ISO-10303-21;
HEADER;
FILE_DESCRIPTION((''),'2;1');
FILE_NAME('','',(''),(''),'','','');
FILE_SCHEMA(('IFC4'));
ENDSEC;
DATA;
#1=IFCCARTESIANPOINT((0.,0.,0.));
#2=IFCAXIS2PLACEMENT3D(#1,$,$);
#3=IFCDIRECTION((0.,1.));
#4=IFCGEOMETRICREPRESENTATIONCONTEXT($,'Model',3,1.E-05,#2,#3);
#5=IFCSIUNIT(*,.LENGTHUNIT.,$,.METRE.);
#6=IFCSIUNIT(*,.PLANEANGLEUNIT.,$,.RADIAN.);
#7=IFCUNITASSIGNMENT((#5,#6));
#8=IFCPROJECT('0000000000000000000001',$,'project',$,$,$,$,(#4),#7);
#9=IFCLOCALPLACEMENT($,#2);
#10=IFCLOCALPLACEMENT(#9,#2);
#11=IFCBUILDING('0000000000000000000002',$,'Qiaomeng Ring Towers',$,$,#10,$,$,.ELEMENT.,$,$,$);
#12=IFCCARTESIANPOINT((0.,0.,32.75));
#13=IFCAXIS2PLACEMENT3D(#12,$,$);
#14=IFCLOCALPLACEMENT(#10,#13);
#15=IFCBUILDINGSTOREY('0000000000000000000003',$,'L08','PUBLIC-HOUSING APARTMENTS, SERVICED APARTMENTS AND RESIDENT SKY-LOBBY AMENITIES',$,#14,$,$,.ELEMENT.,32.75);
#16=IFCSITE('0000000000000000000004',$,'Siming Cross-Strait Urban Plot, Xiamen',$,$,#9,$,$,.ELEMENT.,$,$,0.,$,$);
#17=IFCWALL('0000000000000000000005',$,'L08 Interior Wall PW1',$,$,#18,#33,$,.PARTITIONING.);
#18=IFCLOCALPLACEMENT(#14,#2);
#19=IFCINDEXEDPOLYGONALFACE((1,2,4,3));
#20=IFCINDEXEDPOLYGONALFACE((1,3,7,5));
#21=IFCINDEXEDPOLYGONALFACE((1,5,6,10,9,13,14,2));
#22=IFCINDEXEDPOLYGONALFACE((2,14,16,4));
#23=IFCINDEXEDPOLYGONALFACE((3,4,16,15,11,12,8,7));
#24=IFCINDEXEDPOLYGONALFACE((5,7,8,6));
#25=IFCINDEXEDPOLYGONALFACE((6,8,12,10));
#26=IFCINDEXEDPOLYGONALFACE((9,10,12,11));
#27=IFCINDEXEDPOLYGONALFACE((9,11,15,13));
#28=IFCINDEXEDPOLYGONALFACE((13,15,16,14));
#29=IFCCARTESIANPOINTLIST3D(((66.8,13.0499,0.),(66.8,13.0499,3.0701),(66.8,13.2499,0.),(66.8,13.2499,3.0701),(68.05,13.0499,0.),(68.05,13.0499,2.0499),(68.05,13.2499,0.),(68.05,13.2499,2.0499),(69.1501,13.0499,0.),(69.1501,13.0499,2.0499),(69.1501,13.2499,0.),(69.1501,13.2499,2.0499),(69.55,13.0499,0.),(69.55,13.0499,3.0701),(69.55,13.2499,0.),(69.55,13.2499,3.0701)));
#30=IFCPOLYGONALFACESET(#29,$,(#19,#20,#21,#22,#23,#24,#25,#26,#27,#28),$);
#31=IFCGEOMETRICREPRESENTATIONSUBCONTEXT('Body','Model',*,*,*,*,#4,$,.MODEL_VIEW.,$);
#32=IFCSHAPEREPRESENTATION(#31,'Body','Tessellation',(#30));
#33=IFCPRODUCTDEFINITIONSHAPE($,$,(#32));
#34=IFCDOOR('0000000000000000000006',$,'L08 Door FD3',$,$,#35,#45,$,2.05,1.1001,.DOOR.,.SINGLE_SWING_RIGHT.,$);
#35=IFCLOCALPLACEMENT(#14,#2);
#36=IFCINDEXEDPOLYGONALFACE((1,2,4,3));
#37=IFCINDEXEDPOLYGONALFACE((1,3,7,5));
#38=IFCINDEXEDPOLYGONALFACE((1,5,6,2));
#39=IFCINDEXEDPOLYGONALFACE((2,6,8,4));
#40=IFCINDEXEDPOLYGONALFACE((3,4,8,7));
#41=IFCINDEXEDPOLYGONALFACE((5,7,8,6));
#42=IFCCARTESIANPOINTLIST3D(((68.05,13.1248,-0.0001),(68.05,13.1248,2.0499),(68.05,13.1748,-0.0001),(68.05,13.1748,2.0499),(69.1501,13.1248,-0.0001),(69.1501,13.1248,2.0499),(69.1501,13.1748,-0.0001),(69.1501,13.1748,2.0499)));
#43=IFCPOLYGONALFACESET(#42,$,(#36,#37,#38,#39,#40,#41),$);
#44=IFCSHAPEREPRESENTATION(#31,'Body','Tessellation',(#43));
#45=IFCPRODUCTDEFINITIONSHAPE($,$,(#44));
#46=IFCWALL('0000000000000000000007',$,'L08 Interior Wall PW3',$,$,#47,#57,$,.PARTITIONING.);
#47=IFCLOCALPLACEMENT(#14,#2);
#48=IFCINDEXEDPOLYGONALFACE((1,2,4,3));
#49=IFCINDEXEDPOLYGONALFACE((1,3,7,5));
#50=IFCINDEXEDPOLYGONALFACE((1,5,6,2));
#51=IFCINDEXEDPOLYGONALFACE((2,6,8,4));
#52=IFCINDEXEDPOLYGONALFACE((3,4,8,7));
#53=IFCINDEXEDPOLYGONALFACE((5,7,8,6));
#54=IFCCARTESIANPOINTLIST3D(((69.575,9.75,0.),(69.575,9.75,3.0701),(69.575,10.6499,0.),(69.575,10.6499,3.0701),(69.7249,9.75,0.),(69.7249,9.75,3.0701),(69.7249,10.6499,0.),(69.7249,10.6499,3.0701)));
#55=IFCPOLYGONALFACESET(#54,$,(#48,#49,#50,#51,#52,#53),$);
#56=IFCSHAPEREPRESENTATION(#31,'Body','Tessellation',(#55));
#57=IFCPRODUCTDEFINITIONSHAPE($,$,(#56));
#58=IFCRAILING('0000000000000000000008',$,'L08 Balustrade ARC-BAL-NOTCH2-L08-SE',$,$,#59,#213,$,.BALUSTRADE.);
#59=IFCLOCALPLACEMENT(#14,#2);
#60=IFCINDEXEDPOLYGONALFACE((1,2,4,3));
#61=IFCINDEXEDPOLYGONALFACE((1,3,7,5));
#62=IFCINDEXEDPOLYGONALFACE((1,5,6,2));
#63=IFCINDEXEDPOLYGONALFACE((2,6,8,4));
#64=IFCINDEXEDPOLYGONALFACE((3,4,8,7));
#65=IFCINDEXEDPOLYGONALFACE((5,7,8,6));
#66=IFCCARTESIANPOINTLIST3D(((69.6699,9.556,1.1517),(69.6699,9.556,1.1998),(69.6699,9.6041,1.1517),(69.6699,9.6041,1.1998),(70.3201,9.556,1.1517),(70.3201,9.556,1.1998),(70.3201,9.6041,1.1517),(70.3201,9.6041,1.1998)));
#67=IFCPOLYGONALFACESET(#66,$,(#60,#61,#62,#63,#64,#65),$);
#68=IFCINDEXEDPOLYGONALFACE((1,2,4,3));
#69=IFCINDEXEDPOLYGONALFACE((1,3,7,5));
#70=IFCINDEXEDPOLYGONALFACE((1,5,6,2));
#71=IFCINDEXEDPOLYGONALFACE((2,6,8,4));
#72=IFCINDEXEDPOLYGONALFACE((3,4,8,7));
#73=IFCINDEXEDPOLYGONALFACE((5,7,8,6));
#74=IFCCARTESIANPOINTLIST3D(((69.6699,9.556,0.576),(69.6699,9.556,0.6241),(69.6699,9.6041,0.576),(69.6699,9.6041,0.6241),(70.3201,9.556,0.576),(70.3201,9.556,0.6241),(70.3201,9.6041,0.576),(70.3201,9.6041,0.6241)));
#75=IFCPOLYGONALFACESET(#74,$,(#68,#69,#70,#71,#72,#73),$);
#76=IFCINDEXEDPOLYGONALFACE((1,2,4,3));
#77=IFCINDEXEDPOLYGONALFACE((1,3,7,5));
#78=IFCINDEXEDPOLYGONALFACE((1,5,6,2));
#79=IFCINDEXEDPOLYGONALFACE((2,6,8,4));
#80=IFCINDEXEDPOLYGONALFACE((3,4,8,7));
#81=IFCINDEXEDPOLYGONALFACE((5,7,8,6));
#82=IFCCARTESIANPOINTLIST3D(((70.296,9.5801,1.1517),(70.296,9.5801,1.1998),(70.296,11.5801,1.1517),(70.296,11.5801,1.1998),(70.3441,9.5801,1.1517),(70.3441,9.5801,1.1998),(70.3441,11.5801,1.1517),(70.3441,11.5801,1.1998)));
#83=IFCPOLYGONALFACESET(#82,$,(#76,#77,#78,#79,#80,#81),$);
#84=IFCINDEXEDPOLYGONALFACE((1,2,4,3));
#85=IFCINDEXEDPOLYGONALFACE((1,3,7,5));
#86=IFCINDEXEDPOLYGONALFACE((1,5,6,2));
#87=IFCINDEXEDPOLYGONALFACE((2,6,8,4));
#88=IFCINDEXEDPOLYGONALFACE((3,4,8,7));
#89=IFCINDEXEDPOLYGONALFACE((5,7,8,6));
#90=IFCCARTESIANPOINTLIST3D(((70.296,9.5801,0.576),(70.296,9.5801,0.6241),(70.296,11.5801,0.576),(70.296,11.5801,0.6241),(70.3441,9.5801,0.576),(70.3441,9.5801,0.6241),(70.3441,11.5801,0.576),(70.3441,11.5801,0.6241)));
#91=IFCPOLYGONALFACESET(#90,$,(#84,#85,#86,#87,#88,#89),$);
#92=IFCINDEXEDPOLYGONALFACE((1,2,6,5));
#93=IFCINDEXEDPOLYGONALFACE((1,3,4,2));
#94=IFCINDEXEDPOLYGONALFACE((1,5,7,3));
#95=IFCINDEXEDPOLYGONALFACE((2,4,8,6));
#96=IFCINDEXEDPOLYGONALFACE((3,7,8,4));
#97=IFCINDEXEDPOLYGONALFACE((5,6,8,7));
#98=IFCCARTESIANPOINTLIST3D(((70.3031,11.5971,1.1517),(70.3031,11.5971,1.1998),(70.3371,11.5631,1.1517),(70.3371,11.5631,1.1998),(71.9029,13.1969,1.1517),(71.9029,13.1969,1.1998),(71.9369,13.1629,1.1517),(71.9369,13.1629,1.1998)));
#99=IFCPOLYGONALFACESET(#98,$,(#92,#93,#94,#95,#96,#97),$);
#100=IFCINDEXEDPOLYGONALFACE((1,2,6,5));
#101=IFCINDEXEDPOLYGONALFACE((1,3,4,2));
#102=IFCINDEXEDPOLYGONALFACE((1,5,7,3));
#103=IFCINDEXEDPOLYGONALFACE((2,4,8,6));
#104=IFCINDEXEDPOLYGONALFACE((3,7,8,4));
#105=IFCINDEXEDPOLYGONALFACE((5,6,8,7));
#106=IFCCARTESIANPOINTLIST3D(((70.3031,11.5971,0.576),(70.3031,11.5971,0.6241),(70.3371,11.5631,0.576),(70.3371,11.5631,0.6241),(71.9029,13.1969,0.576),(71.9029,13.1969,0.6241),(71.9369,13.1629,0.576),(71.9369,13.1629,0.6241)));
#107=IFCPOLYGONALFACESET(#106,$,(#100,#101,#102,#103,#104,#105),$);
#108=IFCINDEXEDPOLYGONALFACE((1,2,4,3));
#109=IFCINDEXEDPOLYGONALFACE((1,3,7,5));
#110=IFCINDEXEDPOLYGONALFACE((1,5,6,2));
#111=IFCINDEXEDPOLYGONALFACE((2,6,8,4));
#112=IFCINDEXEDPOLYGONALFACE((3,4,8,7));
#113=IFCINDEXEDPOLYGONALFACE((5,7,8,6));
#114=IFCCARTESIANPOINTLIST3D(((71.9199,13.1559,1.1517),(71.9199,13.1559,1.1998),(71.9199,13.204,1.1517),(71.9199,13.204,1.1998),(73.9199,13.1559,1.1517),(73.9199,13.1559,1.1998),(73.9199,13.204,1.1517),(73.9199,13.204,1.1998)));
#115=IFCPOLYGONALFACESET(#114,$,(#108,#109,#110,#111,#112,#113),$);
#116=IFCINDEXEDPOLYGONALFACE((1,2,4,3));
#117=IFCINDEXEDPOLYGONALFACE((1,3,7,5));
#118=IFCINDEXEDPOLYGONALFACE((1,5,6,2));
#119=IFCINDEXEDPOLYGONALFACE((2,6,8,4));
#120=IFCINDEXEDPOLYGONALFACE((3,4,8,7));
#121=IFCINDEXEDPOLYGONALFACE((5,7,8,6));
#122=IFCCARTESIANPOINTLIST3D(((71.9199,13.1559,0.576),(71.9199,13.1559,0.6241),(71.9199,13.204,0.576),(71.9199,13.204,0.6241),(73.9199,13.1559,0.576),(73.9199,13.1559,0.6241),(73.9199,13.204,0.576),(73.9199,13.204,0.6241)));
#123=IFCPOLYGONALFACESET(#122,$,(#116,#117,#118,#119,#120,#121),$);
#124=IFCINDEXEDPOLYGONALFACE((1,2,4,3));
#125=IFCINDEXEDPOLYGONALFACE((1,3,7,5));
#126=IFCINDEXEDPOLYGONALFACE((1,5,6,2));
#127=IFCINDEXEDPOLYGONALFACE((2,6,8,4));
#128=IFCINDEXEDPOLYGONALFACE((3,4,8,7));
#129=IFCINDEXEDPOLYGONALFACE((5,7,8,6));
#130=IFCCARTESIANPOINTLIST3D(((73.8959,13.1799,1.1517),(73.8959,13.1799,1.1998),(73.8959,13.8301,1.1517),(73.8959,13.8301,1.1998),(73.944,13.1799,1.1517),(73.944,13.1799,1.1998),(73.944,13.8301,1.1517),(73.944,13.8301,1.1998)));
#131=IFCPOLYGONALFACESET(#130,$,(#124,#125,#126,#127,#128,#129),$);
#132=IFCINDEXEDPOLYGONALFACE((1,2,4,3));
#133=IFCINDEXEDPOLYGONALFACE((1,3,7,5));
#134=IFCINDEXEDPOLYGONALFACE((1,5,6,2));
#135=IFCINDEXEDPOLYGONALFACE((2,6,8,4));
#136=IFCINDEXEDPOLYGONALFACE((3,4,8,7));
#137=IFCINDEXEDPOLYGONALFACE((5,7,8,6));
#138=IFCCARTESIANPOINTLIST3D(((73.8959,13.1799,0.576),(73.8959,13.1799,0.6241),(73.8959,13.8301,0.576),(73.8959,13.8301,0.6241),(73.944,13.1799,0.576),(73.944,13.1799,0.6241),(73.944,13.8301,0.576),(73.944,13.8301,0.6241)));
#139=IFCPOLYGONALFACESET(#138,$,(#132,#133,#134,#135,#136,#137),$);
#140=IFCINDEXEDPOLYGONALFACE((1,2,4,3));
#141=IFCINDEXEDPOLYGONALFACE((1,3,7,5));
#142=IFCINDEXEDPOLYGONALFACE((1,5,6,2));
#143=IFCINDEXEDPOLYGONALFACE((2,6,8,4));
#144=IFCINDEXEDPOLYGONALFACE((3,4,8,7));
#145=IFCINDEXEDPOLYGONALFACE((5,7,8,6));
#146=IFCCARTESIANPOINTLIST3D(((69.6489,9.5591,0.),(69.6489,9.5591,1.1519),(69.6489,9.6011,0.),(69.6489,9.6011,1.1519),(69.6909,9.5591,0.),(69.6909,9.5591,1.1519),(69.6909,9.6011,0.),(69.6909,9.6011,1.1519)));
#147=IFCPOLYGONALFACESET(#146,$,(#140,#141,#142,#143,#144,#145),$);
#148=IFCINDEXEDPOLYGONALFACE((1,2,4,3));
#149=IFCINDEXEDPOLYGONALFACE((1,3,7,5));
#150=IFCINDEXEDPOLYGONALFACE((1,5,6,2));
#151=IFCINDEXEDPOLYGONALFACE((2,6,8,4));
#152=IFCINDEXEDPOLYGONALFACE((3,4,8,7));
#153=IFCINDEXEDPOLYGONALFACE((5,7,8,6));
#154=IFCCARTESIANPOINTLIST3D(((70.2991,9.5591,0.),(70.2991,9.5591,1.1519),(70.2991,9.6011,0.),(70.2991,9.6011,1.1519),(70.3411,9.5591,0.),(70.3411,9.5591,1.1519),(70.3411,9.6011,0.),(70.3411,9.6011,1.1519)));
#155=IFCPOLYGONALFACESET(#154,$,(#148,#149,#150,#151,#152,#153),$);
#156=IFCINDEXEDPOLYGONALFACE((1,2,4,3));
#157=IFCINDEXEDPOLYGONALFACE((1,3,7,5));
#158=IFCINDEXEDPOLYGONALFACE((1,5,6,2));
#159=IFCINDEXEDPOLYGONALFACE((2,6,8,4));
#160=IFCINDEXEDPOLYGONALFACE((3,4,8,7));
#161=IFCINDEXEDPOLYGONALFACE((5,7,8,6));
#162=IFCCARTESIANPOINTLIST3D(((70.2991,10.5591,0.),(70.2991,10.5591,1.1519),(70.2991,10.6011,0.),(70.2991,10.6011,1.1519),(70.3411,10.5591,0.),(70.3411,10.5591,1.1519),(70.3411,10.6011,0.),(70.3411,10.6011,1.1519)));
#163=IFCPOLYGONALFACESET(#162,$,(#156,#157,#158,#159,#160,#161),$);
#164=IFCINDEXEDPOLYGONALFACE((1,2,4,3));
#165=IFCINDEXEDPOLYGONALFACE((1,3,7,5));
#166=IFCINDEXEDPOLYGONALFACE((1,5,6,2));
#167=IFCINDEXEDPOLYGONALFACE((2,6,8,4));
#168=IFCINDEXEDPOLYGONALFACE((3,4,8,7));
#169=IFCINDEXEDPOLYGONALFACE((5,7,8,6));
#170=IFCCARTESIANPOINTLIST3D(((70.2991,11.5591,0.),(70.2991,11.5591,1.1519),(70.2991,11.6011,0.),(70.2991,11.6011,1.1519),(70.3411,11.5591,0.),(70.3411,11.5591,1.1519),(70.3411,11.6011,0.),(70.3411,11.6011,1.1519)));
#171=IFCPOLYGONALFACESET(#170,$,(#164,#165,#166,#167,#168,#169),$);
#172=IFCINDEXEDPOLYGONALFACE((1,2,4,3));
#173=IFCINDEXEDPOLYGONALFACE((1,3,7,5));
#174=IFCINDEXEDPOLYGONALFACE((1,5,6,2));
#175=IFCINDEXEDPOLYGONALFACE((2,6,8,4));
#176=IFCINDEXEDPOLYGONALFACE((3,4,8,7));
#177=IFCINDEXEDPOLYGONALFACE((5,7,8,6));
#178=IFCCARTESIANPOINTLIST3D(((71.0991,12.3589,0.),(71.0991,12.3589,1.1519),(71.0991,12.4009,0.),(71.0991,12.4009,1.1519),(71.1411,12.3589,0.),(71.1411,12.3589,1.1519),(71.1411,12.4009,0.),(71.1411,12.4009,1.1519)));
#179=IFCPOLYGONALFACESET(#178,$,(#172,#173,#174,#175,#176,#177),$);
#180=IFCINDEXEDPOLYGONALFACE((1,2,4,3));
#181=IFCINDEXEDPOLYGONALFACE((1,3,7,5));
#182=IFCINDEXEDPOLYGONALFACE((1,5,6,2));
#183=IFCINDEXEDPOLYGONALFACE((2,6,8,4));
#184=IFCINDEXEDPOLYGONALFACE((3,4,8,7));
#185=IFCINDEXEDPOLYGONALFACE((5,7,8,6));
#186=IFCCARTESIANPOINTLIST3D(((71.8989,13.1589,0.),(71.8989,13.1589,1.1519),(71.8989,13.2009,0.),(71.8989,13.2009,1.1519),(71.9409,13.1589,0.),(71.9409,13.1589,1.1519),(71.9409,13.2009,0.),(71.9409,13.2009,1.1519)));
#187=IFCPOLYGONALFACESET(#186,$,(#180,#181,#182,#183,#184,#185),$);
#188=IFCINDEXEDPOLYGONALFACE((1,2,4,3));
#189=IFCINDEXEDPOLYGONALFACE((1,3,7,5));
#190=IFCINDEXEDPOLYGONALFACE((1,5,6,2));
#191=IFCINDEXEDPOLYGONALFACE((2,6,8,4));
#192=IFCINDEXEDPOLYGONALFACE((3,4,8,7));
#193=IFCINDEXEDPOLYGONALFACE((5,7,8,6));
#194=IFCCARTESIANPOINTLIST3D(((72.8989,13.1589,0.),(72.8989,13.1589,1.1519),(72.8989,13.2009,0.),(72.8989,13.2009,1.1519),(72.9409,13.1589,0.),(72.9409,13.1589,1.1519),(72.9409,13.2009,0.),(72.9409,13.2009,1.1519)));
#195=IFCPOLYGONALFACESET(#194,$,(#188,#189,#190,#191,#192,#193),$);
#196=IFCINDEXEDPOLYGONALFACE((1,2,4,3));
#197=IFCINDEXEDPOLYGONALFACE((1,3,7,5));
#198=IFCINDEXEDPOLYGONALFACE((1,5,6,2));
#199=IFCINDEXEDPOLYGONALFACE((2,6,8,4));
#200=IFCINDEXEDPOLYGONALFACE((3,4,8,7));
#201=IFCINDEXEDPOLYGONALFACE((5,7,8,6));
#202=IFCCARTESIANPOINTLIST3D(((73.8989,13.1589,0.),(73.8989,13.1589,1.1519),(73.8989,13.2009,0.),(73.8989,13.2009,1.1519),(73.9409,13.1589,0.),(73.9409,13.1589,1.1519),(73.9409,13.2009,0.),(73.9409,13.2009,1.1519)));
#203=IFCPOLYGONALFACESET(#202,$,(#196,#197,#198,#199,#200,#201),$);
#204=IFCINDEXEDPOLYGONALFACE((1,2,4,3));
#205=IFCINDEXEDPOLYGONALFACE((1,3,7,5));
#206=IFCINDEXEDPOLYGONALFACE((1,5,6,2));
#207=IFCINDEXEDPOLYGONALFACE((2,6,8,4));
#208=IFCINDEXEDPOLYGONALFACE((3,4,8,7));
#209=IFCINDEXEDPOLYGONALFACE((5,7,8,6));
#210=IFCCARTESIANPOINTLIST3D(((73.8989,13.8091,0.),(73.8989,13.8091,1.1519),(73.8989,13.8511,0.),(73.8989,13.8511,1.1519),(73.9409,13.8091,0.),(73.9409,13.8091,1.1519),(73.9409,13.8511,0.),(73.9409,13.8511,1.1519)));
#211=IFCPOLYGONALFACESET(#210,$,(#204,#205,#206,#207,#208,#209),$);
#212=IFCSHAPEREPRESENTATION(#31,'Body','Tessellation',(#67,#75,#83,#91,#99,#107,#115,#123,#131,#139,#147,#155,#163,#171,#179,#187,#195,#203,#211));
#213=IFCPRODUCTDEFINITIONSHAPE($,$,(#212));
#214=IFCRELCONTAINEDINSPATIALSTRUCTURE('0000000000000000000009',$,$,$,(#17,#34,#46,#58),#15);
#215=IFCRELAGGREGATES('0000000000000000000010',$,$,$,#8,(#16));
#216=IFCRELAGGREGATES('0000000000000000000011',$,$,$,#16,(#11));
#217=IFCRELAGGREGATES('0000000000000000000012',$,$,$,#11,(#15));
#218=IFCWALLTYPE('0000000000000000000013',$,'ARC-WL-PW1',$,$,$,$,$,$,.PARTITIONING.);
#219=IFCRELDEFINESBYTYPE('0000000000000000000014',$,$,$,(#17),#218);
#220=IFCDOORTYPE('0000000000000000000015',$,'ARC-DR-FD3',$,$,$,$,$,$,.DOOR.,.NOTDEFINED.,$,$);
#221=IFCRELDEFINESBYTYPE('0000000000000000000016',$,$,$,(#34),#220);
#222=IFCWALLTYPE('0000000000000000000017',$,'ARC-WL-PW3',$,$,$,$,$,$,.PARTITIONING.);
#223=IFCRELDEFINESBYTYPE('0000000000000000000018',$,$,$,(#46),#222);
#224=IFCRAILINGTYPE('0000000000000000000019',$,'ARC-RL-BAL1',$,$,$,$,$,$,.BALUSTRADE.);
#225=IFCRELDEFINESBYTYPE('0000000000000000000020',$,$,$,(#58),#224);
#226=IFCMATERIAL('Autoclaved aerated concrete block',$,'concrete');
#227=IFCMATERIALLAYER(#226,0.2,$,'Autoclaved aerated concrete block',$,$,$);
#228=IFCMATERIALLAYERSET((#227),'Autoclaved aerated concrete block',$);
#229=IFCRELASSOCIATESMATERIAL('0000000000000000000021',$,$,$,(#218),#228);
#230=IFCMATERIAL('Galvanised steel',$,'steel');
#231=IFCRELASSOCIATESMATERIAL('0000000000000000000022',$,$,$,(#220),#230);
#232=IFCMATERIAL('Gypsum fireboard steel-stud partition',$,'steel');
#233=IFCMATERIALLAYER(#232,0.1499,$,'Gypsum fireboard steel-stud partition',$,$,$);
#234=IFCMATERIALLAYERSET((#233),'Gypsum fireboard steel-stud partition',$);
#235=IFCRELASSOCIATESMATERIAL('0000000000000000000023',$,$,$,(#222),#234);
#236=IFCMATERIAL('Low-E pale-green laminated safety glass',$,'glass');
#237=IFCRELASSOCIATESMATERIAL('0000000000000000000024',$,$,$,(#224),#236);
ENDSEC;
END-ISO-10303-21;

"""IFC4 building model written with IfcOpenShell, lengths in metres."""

from ifc_helpers import new_model, si_unit, direction, frame, frame_2d, origin, origin_2d, place, context, subcontext, project, spatial, rectangle, extrude, source, transform, mapped, material, layer, layer_set, type_object, element, fill, save


model = new_model("IFC4")

# Units and contexts
model_context = context("Model", 3, precision=1e-05, world=origin(), true_north=direction((0.0, 1.0)))
body_context = subcontext(model_context, "Body", "Model", "MODEL_VIEW")
ifc_project = project(units=[si_unit("LENGTHUNIT", "METRE"), si_unit("PLANEANGLEUNIT", "RADIAN")], contexts=[model_context])

# Site, building, storey
site_placement = place(None, origin())
site = spatial("IfcSite", under=ifc_project, at=site_placement, Name="Siming Cross-Strait Urban Plot, Xiamen", CompositionType="ELEMENT", RefElevation=0.0)
building_placement = place(site_placement, origin())
building = spatial("IfcBuilding", under=site, at=building_placement, Name="Qiaomeng Ring Towers", CompositionType="ELEMENT")
storey_placement = place(building_placement, frame((0.0, 0.0, 32.75)))
storey = spatial("IfcBuildingStorey", under=building, at=storey_placement, Name="L08", Description="PUBLIC-HOUSING APARTMENTS, SERVICED APARTMENTS AND RESIDENT SKY-LOBBY AMENITIES", CompositionType="ELEMENT", Elevation=32.75)

# Shared definitions
ifc_material_1 = material(Name="Autoclaved aerated concrete block", Category="concrete")
ifc_layer_1 = layer(ifc_material_1, 0.2, Name="Autoclaved aerated concrete block")
ifc_layer_set_1 = layer_set([ifc_layer_1], Name="Autoclaved aerated concrete block")
wall_type_1 = type_object("IfcWallType", Name="ARC-WL-PW1", PredefinedType="PARTITIONING", material=ifc_layer_set_1)

# Wall, opening, door
wall_1_placement = place(storey_placement, frame((66.8, 13.1499, 0.0), z_axis=(0.0, 0.0, 1.0), x_axis=(1.0, 0.0, 0.0)))
wall_1 = element("IfcWall", 1, at=wall_1_placement, inside=storey, type_object=wall_type_1, Name="L08 Interior Wall PW1", PredefinedType="PARTITIONING", context=body_context, shape_type="SweptSolid", body=[
    extrude(rectangle(XDim=2.75, YDim=0.2, at=frame_2d((1.375, 0.0))), origin(), (0.0, 0.0, 1.0), 3.0701),
])
opening_1_placement = place(wall_1_placement, frame((1.25, 0.0, 0.0)))
opening_1 = element("IfcOpeningElement", 2, at=opening_1_placement, cuts=wall_1, PredefinedType="OPENING", context=body_context, shape_type="SweptSolid", body=[
    extrude(rectangle(XDim=1.1001, YDim=2.05, at=frame_2d((0.55, 1.0249))), frame((0.0, 0.1099, 0.0), z_axis=(0.0, -1.0, 0.0), x_axis=(1.0, 0.0, 0.0)), (0.0, 0.0, 1.0), 0.22),
])
ifc_material_2 = material(Name="Galvanised steel", Category="steel")
door_type_1 = type_object("IfcDoorType", Name="ARC-DR-FD3", OperationType="NOTDEFINED", PredefinedType="DOOR", material=ifc_material_2)
shared_shape_1 = source(origin(), body_context, "Body", "SweptSolid", [
    extrude(rectangle(XDim=1.1001, YDim=2.05, at=frame_2d((0.55, 1.0249))), frame((0.0, 0.0249, 0.0), z_axis=(0.0, -1.0, 0.0), x_axis=(1.0, 0.0, 0.0)), (0.0, 0.0, 1.0), 0.05),
])
door_1_placement = place(opening_1_placement, origin())
door_1 = element("IfcDoor", 3, at=door_1_placement, inside=storey, type_object=door_type_1, Name="L08 Door FD3", OperationType="SINGLE_SWING_RIGHT", OverallHeight=2.05, OverallWidth=1.1001, PredefinedType="DOOR", context=body_context, shape_type="MappedRepresentation", body=[
    mapped(shared_shape_1, transform((0.0, 0.0, 0.0), x_axis=(1.0, 0.0, 0.0), y_axis=(0.0, 1.0, 0.0), z_axis=(0.0, 0.0, 1.0), scale=1.0)),
])
fill(opening_1, door_1)

# Wall
ifc_material_3 = material(Name="Gypsum fireboard steel-stud partition", Category="steel")
ifc_layer_2 = layer(ifc_material_3, 0.1499, Name="Gypsum fireboard steel-stud partition")
ifc_layer_set_2 = layer_set([ifc_layer_2], Name="Gypsum fireboard steel-stud partition")
wall_type_2 = type_object("IfcWallType", Name="ARC-WL-PW3", PredefinedType="PARTITIONING", material=ifc_layer_set_2)
wall_2_placement = place(storey_placement, frame((69.6499, 9.75, 0.0), z_axis=(0.0, 0.0, 1.0), x_axis=(0.0, 1.0, 0.0)))
element("IfcWall", 4, at=wall_2_placement, inside=storey, type_object=wall_type_2, Name="L08 Interior Wall PW3", PredefinedType="PARTITIONING", context=body_context, shape_type="SweptSolid", body=[
    extrude(rectangle(XDim=0.8999, YDim=0.1499, at=frame_2d((0.45, 0.0))), origin(), (0.0, 0.0, 1.0), 3.0701),
])

# Railing
ifc_material_4 = material(Name="Low-E pale-green laminated safety glass", Category="glass")
railing_type = type_object("IfcRailingType", Name="ARC-RL-BAL1", PredefinedType="BALUSTRADE", material=ifc_material_4)
railing_placement = place(storey_placement, frame((69.6699, 9.5801, 0.0)))
element("IfcRailing", 5, at=railing_placement, inside=storey, type_object=railing_type, Name="L08 Balustrade ARC-BAL-NOTCH2-L08-SE", PredefinedType="BALUSTRADE", context=body_context, shape_type="SweptSolid", body=[
    extrude(rectangle(XDim=0.0481, YDim=0.0481, at=origin_2d()), frame((0.0, 0.0, 1.1758), z_axis=(1.0, 0.0, 0.0), x_axis=(0.0, 1.0, 0.0)), (0.0, 0.0, 1.0), 0.6501),
    extrude(rectangle(XDim=0.0481, YDim=0.0481, at=origin_2d()), frame((0.0, 0.0, 0.6001), z_axis=(1.0, 0.0, 0.0), x_axis=(0.0, 1.0, 0.0)), (0.0, 0.0, 1.0), 0.6501),
    extrude(rectangle(XDim=0.0481, YDim=0.0481, at=origin_2d()), frame((0.6501, 0.0, 1.1758), z_axis=(0.0, 1.0, 0.0), x_axis=(-1.0, 0.0, 0.0)), (0.0, 0.0, 1.0), 2.0),
    extrude(rectangle(XDim=0.0481, YDim=0.0481, at=origin_2d()), frame((0.6501, 0.0, 0.6001), z_axis=(0.0, 1.0, 0.0), x_axis=(-1.0, 0.0, 0.0)), (0.0, 0.0, 1.0), 2.0),
    extrude(rectangle(XDim=0.0481, YDim=0.0481, at=origin_2d()), frame((0.6501, 2.0, 1.1758), z_axis=(0.707107, 0.707107, 0.0), x_axis=(-0.707107, 0.707107, 0.0)), (0.0, 0.0, 1.0), 2.2625),
    extrude(rectangle(XDim=0.0481, YDim=0.0481, at=origin_2d()), frame((0.6501, 2.0, 0.6001), z_axis=(0.707107, 0.707107, 0.0), x_axis=(-0.707107, 0.707107, 0.0)), (0.0, 0.0, 1.0), 2.2625),
    extrude(rectangle(XDim=0.0481, YDim=0.0481, at=origin_2d()), frame((2.25, 3.5999, 1.1758), z_axis=(1.0, 0.0, 0.0), x_axis=(0.0, 1.0, 0.0)), (0.0, 0.0, 1.0), 2.0),
    extrude(rectangle(XDim=0.0481, YDim=0.0481, at=origin_2d()), frame((2.25, 3.5999, 0.6001), z_axis=(1.0, 0.0, 0.0), x_axis=(0.0, 1.0, 0.0)), (0.0, 0.0, 1.0), 2.0),
    extrude(rectangle(XDim=0.0481, YDim=0.0481, at=origin_2d()), frame((4.25, 3.5999, 1.1758), z_axis=(0.0, 1.0, 0.0), x_axis=(-1.0, 0.0, 0.0)), (0.0, 0.0, 1.0), 0.6501),
    extrude(rectangle(XDim=0.0481, YDim=0.0481, at=origin_2d()), frame((4.25, 3.5999, 0.6001), z_axis=(0.0, 1.0, 0.0), x_axis=(-1.0, 0.0, 0.0)), (0.0, 0.0, 1.0), 0.6501),
    extrude(rectangle(XDim=0.042, YDim=0.042, at=origin_2d()), origin(), (0.0, 0.0, 1.0), 1.1519),
    extrude(rectangle(XDim=0.042, YDim=0.042, at=origin_2d()), frame((0.6501, 0.0, 0.0)), (0.0, 0.0, 1.0), 1.1519),
    extrude(rectangle(XDim=0.042, YDim=0.042, at=origin_2d()), frame((0.6501, 1.0, 0.0)), (0.0, 0.0, 1.0), 1.1519),
    extrude(rectangle(XDim=0.042, YDim=0.042, at=origin_2d()), frame((0.6501, 2.0, 0.0)), (0.0, 0.0, 1.0), 1.1519),
    extrude(rectangle(XDim=0.042, YDim=0.042, at=origin_2d()), frame((1.4502, 2.7998, 0.0)), (0.0, 0.0, 1.0), 1.1519),
    extrude(rectangle(XDim=0.042, YDim=0.042, at=origin_2d()), frame((2.25, 3.5999, 0.0)), (0.0, 0.0, 1.0), 1.1519),
    extrude(rectangle(XDim=0.042, YDim=0.042, at=origin_2d()), frame((3.25, 3.5999, 0.0)), (0.0, 0.0, 1.0), 1.1519),
    extrude(rectangle(XDim=0.042, YDim=0.042, at=origin_2d()), frame((4.25, 3.5999, 0.0)), (0.0, 0.0, 1.0), 1.1519),
    extrude(rectangle(XDim=0.042, YDim=0.042, at=origin_2d()), frame((4.25, 4.25, 0.0)), (0.0, 0.0, 1.0), 1.1519),
])

save(model, "model.ifc")
